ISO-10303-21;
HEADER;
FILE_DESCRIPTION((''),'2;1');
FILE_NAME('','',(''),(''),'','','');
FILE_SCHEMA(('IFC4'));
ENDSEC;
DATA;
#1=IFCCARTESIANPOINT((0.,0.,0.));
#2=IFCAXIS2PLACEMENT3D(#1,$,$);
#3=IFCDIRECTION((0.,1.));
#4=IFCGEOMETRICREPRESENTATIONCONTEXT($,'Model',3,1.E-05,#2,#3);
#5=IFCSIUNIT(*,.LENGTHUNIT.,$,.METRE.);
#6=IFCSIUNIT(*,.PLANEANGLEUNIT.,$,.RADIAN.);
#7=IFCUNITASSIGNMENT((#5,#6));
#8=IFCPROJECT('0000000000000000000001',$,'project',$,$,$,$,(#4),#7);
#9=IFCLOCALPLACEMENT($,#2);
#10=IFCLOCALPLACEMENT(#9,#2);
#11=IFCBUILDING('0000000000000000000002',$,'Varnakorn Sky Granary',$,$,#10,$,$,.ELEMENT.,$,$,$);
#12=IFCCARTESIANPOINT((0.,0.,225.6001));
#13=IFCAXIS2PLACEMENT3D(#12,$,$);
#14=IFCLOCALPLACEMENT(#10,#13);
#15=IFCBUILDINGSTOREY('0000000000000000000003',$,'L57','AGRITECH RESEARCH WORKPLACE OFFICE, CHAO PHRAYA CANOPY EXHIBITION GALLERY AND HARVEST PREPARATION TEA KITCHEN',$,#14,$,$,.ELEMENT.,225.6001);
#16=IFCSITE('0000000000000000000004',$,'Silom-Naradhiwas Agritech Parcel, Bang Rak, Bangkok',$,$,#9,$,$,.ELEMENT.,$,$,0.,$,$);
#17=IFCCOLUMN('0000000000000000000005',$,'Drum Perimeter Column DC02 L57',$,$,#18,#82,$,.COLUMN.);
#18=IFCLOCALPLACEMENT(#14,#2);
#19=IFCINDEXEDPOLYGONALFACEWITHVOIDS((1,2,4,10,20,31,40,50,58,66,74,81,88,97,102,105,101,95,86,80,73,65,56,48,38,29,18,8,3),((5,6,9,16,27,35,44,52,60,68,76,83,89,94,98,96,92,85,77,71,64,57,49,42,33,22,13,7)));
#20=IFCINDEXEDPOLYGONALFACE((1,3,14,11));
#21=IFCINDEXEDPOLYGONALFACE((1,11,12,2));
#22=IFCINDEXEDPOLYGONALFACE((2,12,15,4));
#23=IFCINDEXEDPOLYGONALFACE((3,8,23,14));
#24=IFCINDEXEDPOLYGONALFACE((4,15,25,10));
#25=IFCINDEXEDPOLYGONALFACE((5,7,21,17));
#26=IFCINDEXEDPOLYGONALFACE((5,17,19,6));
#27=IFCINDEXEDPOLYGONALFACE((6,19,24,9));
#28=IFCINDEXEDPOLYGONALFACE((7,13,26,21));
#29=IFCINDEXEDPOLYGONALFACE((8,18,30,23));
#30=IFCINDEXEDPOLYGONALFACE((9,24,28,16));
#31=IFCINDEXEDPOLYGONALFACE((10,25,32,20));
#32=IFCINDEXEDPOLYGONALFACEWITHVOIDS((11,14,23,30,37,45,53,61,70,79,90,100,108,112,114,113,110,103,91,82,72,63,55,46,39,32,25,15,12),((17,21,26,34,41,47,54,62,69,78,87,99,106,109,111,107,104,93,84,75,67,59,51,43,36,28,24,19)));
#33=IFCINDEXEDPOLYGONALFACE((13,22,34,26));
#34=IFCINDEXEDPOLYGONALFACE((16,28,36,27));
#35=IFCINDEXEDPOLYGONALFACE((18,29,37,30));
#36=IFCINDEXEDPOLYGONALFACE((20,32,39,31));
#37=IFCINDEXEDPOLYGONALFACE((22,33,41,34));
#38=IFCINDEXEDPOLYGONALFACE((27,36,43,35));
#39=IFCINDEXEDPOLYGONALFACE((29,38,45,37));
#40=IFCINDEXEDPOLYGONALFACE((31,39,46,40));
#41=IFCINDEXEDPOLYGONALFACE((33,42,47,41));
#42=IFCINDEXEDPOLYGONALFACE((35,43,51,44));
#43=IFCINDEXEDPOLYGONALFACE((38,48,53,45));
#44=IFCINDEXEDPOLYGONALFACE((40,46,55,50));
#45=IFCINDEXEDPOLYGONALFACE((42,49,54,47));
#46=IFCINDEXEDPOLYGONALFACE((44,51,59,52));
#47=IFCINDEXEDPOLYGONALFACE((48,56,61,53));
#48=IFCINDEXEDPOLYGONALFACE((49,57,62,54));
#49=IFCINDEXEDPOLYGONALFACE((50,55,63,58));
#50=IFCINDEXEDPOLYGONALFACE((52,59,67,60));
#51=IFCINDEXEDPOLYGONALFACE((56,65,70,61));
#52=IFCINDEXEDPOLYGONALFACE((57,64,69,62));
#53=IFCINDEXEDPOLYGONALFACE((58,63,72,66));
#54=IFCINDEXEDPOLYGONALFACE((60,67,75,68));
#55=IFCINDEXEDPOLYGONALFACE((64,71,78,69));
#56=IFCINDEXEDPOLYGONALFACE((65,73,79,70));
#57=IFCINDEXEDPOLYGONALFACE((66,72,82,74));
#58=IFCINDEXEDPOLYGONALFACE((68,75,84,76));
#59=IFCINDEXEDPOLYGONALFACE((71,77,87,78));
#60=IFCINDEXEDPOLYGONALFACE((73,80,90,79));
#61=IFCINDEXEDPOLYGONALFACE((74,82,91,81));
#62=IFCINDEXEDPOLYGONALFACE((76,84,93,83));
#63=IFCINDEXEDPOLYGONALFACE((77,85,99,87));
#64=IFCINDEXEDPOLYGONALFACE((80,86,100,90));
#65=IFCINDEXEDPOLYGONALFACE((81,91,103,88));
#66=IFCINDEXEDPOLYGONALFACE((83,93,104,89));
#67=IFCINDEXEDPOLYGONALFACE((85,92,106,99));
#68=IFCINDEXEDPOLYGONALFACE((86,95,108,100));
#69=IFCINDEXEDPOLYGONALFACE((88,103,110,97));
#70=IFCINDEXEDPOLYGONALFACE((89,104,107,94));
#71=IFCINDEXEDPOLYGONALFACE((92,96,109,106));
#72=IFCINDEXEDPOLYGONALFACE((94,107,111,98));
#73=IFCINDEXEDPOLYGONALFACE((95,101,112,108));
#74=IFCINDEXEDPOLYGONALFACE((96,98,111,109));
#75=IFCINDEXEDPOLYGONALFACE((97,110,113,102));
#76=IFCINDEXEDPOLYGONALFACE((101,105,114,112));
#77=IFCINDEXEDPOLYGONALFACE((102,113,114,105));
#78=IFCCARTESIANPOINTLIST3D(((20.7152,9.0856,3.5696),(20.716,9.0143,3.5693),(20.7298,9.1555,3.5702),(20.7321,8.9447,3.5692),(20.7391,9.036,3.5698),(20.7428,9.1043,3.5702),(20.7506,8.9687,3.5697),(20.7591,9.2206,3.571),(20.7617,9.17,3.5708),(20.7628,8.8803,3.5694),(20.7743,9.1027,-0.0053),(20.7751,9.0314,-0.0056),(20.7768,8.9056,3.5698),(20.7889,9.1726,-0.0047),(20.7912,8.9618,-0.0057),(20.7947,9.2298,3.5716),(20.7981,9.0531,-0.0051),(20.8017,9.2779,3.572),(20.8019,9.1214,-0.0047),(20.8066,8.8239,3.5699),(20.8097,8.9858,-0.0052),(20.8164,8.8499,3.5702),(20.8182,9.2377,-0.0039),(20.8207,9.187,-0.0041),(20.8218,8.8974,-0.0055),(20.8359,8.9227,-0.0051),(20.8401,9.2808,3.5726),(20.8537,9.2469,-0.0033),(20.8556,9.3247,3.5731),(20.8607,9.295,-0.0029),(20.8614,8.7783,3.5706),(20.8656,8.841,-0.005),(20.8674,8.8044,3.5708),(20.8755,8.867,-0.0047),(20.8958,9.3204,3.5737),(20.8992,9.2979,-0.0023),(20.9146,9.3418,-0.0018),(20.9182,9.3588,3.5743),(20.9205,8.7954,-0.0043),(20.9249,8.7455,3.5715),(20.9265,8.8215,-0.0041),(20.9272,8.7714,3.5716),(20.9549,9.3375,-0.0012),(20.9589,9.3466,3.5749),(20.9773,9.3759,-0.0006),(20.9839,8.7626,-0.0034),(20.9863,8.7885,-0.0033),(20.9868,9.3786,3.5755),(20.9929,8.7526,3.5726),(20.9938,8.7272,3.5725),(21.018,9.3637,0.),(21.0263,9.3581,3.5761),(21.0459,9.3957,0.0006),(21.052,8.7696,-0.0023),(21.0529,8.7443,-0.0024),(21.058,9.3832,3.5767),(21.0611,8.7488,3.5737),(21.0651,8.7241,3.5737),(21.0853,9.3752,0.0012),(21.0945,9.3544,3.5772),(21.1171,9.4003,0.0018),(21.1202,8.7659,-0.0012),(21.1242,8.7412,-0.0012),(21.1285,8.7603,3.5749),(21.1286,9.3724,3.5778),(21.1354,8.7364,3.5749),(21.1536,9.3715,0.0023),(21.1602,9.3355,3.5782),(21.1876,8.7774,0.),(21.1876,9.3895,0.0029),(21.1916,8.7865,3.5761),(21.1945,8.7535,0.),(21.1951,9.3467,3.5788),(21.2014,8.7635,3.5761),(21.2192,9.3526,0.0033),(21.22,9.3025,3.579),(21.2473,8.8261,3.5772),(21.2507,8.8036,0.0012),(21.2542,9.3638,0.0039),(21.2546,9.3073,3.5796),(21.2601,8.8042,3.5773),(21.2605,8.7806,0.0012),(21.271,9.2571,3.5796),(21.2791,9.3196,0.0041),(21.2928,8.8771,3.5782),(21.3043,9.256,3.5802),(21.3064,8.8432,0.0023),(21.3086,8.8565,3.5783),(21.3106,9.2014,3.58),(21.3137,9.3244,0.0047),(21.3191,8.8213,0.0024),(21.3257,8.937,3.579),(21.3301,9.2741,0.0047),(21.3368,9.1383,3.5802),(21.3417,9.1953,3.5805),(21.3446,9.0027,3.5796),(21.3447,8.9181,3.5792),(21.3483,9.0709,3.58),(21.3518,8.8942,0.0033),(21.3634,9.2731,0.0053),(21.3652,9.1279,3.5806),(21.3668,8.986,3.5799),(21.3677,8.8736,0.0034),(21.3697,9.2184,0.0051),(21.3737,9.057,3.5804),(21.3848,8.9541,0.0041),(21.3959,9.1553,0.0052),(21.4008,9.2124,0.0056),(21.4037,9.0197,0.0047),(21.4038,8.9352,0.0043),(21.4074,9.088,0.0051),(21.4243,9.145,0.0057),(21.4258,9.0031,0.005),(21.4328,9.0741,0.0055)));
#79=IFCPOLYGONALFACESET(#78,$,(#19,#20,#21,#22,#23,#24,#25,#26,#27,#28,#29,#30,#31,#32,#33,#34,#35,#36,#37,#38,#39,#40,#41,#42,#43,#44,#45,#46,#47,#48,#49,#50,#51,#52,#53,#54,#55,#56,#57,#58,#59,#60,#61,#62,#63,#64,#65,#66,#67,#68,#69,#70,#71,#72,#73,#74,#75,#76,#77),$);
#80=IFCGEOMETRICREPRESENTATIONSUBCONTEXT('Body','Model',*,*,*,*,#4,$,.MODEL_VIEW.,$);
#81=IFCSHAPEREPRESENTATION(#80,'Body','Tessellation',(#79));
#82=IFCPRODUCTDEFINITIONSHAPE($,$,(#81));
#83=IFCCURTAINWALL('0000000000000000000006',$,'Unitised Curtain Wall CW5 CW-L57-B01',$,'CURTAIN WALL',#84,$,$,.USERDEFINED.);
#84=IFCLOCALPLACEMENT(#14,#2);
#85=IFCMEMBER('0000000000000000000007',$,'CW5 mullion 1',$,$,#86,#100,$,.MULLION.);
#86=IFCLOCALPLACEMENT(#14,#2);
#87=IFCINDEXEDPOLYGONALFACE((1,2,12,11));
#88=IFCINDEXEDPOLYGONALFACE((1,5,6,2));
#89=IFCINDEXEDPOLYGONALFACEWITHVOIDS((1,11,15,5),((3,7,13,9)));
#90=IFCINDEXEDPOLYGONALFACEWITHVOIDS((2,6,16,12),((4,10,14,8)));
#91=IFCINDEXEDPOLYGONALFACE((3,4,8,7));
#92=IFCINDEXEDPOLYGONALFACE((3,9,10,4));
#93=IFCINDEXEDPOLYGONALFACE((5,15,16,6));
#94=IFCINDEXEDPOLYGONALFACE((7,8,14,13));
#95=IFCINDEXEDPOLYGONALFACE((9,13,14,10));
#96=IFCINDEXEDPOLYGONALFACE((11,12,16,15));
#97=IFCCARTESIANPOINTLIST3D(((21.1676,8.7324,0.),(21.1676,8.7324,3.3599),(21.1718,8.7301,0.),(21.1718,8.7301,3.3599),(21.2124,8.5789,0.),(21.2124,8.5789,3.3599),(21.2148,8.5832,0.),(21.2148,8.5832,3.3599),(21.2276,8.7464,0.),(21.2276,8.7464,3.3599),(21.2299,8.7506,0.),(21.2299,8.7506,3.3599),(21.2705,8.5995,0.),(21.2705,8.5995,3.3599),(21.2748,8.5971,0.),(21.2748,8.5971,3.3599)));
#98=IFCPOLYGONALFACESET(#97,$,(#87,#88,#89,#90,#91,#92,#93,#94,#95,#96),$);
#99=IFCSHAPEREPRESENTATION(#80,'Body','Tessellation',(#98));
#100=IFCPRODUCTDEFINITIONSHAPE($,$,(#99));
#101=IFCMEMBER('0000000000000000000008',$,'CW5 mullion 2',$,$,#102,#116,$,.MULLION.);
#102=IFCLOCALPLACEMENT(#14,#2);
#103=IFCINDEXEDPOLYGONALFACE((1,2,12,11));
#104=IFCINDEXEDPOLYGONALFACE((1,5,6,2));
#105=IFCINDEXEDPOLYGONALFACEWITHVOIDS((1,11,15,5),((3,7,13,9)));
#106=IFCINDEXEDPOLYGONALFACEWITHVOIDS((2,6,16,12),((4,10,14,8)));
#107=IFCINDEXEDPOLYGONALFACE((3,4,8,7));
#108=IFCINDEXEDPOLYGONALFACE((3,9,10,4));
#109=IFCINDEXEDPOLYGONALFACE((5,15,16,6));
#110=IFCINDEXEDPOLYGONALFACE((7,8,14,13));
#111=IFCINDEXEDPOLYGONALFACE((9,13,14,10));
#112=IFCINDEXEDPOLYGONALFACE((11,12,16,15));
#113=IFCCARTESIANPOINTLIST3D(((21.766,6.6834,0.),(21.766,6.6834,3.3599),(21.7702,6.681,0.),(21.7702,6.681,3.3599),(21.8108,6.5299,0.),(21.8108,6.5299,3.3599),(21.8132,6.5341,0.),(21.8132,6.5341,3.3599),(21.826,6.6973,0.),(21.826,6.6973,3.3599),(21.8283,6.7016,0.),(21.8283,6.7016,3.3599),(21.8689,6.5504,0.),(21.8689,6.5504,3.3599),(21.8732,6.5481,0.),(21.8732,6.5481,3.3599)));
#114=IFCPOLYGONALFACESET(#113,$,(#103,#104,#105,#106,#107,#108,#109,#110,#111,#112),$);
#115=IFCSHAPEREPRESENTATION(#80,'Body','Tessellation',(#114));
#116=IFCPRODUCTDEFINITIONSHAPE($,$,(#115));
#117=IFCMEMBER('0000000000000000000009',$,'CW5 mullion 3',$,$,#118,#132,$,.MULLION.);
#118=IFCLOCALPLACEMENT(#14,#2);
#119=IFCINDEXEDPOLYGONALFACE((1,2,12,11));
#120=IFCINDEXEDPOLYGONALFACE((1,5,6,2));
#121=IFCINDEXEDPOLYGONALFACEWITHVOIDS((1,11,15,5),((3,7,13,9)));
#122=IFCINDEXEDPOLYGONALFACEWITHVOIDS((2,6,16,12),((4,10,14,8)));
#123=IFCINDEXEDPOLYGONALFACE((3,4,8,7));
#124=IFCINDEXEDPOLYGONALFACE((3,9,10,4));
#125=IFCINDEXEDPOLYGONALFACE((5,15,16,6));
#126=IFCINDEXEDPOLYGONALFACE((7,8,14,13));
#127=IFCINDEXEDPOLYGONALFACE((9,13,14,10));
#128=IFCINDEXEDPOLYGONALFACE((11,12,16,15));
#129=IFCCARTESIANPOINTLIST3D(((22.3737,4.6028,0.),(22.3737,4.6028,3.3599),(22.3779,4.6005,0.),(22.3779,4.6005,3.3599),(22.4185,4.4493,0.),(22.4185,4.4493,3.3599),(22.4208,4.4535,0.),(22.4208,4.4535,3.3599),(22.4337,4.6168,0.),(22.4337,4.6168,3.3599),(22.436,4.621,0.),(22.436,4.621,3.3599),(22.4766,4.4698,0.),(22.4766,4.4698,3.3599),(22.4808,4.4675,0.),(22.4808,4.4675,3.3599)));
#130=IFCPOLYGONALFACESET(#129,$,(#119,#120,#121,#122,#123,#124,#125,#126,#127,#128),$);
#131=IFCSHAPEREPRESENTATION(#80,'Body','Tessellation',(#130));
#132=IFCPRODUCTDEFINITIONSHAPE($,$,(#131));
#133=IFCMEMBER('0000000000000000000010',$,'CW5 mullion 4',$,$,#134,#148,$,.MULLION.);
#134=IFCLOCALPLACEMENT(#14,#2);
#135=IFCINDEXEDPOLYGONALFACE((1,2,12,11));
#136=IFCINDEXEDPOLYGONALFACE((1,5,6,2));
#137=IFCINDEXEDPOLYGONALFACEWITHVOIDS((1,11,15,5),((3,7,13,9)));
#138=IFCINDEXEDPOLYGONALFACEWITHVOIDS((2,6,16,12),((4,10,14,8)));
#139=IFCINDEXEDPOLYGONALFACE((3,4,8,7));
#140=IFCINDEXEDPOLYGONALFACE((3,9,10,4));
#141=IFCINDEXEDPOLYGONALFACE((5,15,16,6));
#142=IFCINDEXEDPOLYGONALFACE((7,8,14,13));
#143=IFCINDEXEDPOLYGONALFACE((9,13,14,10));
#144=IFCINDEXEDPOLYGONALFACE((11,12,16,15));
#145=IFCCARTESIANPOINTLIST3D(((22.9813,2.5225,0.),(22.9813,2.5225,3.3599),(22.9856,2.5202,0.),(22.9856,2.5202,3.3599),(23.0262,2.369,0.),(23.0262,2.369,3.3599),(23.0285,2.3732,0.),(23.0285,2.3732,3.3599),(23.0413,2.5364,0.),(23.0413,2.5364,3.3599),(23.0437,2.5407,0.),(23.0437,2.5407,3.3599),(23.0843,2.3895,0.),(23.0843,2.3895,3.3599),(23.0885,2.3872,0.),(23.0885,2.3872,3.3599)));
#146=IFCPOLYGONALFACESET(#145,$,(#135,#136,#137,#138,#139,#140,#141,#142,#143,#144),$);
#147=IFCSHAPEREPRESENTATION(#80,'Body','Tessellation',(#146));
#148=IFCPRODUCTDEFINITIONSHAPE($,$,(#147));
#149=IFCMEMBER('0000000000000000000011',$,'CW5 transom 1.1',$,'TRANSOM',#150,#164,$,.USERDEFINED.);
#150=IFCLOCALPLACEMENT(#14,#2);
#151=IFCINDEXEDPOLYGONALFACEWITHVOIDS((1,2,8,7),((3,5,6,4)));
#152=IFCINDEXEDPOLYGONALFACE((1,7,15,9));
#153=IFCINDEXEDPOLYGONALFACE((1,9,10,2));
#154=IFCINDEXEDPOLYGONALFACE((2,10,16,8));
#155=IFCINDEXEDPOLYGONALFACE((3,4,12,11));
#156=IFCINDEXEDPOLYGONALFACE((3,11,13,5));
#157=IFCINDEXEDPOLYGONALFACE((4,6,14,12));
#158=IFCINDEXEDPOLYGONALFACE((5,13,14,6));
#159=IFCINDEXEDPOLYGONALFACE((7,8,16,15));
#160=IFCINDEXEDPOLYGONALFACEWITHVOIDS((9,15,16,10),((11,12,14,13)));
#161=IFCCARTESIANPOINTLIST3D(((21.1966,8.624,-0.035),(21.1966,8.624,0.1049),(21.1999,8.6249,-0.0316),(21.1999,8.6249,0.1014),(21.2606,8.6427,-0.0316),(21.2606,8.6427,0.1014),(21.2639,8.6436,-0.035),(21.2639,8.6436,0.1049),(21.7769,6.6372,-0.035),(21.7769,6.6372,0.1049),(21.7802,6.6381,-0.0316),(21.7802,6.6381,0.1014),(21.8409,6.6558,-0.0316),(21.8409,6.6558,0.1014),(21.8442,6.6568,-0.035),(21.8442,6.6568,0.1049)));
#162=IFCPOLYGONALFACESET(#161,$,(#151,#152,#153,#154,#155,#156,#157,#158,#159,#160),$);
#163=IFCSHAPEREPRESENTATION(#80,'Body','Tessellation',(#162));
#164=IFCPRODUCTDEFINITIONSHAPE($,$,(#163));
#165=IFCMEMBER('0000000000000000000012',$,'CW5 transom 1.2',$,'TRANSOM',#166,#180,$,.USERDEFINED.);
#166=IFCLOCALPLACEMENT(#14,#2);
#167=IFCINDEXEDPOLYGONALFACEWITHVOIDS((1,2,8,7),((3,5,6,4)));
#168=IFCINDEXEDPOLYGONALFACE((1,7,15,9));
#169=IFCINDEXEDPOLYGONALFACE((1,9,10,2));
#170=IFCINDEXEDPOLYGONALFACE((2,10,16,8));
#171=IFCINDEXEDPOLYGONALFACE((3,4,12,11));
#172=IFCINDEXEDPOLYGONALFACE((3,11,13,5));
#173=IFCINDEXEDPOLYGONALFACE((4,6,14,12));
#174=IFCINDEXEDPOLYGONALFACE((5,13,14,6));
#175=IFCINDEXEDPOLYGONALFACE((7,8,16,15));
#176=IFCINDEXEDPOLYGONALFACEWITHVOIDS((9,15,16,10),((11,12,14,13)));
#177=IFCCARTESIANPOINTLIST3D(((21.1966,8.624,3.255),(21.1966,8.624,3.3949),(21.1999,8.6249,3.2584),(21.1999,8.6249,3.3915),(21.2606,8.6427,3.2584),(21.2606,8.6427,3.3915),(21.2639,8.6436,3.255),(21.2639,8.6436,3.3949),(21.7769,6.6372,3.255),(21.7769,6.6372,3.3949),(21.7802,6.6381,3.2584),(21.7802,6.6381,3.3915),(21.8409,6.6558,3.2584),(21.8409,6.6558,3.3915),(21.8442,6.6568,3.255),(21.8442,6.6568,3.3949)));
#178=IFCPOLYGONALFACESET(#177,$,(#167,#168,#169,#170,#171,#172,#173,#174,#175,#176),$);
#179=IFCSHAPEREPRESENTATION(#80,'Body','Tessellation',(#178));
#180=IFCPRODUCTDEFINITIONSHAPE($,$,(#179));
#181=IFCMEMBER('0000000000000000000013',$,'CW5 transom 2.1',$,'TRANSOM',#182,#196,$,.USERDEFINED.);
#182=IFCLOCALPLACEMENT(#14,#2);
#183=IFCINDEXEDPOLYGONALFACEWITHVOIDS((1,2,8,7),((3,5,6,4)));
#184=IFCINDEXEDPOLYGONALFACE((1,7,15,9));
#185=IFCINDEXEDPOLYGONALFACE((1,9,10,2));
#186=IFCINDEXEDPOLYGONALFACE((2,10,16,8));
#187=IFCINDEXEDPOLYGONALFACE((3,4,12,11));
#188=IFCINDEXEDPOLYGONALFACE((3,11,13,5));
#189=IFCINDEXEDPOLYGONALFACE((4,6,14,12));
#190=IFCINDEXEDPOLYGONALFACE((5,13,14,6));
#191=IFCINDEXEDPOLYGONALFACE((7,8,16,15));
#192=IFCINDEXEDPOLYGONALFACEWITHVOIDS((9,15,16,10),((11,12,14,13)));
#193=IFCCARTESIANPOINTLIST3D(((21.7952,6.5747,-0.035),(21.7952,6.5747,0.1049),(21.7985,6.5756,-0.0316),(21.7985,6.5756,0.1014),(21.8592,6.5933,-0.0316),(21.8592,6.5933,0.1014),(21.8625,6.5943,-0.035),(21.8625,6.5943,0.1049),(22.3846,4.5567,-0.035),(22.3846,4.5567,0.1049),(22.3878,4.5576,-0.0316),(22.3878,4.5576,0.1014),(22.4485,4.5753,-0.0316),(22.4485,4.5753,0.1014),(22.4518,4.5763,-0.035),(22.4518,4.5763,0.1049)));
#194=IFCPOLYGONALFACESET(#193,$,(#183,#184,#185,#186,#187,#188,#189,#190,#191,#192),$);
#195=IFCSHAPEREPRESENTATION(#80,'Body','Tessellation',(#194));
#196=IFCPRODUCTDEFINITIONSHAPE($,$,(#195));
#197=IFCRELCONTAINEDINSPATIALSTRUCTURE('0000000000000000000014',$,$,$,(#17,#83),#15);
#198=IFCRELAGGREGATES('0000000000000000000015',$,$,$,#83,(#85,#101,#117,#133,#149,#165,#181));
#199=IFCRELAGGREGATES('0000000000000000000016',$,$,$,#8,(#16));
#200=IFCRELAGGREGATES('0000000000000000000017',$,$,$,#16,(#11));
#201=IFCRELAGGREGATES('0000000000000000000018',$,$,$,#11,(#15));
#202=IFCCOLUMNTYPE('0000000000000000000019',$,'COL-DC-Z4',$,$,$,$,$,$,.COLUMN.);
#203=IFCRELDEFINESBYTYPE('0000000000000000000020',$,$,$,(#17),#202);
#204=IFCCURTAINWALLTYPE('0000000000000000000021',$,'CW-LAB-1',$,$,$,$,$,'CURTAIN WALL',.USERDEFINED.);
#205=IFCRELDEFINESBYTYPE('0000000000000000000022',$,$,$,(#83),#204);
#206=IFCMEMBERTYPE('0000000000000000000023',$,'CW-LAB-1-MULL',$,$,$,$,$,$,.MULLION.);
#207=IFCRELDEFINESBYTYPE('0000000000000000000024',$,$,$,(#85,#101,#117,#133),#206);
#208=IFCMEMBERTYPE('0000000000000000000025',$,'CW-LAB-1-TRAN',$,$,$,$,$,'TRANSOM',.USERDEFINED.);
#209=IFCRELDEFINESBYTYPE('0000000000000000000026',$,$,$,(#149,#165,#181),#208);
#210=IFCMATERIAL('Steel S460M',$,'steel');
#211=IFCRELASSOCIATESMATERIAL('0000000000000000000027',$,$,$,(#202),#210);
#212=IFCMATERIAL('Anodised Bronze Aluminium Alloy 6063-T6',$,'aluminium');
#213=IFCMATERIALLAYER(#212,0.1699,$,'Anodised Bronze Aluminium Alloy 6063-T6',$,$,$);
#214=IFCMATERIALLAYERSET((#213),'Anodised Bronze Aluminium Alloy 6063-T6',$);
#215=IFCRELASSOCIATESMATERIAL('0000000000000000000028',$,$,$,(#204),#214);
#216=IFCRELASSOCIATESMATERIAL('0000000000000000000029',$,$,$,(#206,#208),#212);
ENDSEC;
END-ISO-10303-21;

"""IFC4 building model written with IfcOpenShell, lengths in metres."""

from ifc_helpers import new_model, si_unit, direction, frame, origin, origin_2d, place, context, subcontext, project, spatial, hollow_rectangle, hollow_circle, extrude, material, layer, layer_set, material_profile, profile_set, type_object, element, aggregate, save


model = new_model("IFC4")

# Units and contexts
model_context = context("Model", 3, precision=1e-05, world=origin(), true_north=direction((0.0, 1.0)))
body_context = subcontext(model_context, "Body", "Model", "MODEL_VIEW")
ifc_project = project(units=[si_unit("LENGTHUNIT", "METRE"), si_unit("PLANEANGLEUNIT", "RADIAN")], contexts=[model_context])

# Site, building, storey
site_placement = place(None, origin())
site = spatial("IfcSite", under=ifc_project, at=site_placement, Name="Silom-Naradhiwas Agritech Parcel, Bang Rak, Bangkok", CompositionType="ELEMENT", RefElevation=0.0)
building_placement = place(site_placement, origin())
building = spatial("IfcBuilding", under=site, at=building_placement, Name="Varnakorn Sky Granary", CompositionType="ELEMENT")
storey_placement = place(building_placement, frame((0.0, 0.0, 225.6001)))
storey = spatial("IfcBuildingStorey", under=building, at=storey_placement, Name="L57", Description="AGRITECH RESEARCH WORKPLACE OFFICE, CHAO PHRAYA CANOPY EXHIBITION GALLERY AND HARVEST PREPARATION TEA KITCHEN", CompositionType="ELEMENT", Elevation=225.6001)

# Column
ifc_material_1 = material(Name="Steel S460M", Category="steel")
ifc_material_profile_1 = material_profile(ifc_material_1, hollow_circle(Radius=0.3301, WallThickness=0.0249, at=origin_2d()), Name="CHS 660x25")
ifc_profile_set_1 = profile_set([ifc_material_profile_1], Name="Steel S460M")
column_type = type_object("IfcColumnType", Name="COL-DC-Z4", PredefinedType="COLUMN", material=ifc_profile_set_1)
column_placement = place(storey_placement, frame((21.1028, 9.0706, 0.0), z_axis=(-0.016524, -0.00478, 0.999852), x_axis=(0.277865, -0.96062, 0.0)))
element("IfcColumn", 1, at=column_placement, inside=storey, type_object=column_type, Name="Drum Perimeter Column DC02 L57", PredefinedType="COLUMN", context=body_context, shape_type="SweptSolid", body=[
    extrude(hollow_circle(Radius=0.3301, WallThickness=0.0249, at=origin_2d()), origin(), (0.0, 0.0, 1.0), 3.5754),
])

# Curtain wall, members
ifc_material_2 = material(Name="Anodised Bronze Aluminium Alloy 6063-T6", Category="aluminium")
ifc_layer_1 = layer(ifc_material_2, 0.1699, Name="Anodised Bronze Aluminium Alloy 6063-T6")
ifc_layer_set_1 = layer_set([ifc_layer_1], Name="Anodised Bronze Aluminium Alloy 6063-T6")
curtain_wall_type = type_object("IfcCurtainWallType", Name="CW-LAB-1", ElementType="CURTAIN WALL", PredefinedType="USERDEFINED", material=ifc_layer_set_1)
curtain_wall_placement = place(storey_placement, origin())
curtain_wall = element("IfcCurtainWall", 2, at=curtain_wall_placement, inside=storey, type_object=curtain_wall_type, Name="Unitised Curtain Wall CW5 CW-L57-B01", ObjectType="CURTAIN WALL", PredefinedType="USERDEFINED")
ifc_material_profile_2 = material_profile(ifc_material_2, hollow_rectangle(XDim=0.0649, YDim=0.1599, WallThickness=0.0034, at=origin_2d()), Name="ALU MULL 65x160")
ifc_profile_set_2 = profile_set([ifc_material_profile_2], Name="Anodised Bronze Aluminium Alloy 6063-T6")
member_type_1 = type_object("IfcMemberType", Name="CW-LAB-1-MULL", PredefinedType="MULLION", material=ifc_profile_set_2)
member_1_placement = place(storey_placement, frame((21.2212, 8.6648, 0.0), z_axis=(0.0, 0.0, 1.0), x_axis=(0.95989, 0.280376, 0.0)))
member_1 = element("IfcMember", 3, at=member_1_placement, type_object=member_type_1, Name="CW5 mullion 1", PredefinedType="MULLION", context=body_context, shape_type="SweptSolid", body=[
    extrude(hollow_rectangle(XDim=0.0649, YDim=0.1599, WallThickness=0.0034, at=origin_2d()), origin(), (0.0, 0.0, 1.0), 3.3599),
])
member_2_placement = place(storey_placement, frame((21.8196, 6.6157, 0.0), z_axis=(0.0, 0.0, 1.0), x_axis=(0.95989, 0.280376, 0.0)))
member_2 = element("IfcMember", 4, at=member_2_placement, type_object=member_type_1, Name="CW5 mullion 2", PredefinedType="MULLION", context=body_context, shape_type="SweptSolid", body=[
    extrude(hollow_rectangle(XDim=0.0649, YDim=0.1599, WallThickness=0.0034, at=origin_2d()), origin(), (0.0, 0.0, 1.0), 3.3599),
])
member_3_placement = place(storey_placement, frame((22.4272, 4.5352, 0.0), z_axis=(0.0, 0.0, 1.0), x_axis=(0.95989, 0.280376, 0.0)))
member_3 = element("IfcMember", 5, at=member_3_placement, type_object=member_type_1, Name="CW5 mullion 3", PredefinedType="MULLION", context=body_context, shape_type="SweptSolid", body=[
    extrude(hollow_rectangle(XDim=0.0649, YDim=0.1599, WallThickness=0.0034, at=origin_2d()), origin(), (0.0, 0.0, 1.0), 3.3599),
])
member_4_placement = place(storey_placement, frame((23.0349, 2.4548, 0.0), z_axis=(0.0, 0.0, 1.0), x_axis=(0.95989, 0.280376, 0.0)))
member_4 = element("IfcMember", 6, at=member_4_placement, type_object=member_type_1, Name="CW5 mullion 4", PredefinedType="MULLION", context=body_context, shape_type="SweptSolid", body=[
    extrude(hollow_rectangle(XDim=0.0649, YDim=0.1599, WallThickness=0.0034, at=origin_2d()), origin(), (0.0, 0.0, 1.0), 3.3599),
])
ifc_material_profile_3 = material_profile(ifc_material_2, hollow_rectangle(XDim=0.0701, YDim=0.1399, WallThickness=0.0034, at=origin_2d()), Name="ALU TRAN 70x140")
ifc_profile_set_3 = profile_set([ifc_material_profile_3], Name="Anodised Bronze Aluminium Alloy 6063-T6")
member_type_2 = type_object("IfcMemberType", Name="CW-LAB-1-TRAN", ElementType="TRANSOM", PredefinedType="USERDEFINED", material=ifc_profile_set_3)
member_5_placement = place(storey_placement, frame((21.2302, 8.6338, 0.0349), z_axis=(0.280371, -0.959892, 0.0), x_axis=(0.959892, 0.280371, 0.0)))
member_5 = element("IfcMember", 7, at=member_5_placement, type_object=member_type_2, Name="CW5 transom 1.1", ObjectType="TRANSOM", PredefinedType="USERDEFINED", context=body_context, shape_type="SweptSolid", body=[
    extrude(hollow_rectangle(XDim=0.0701, YDim=0.1399, WallThickness=0.0034, at=origin_2d()), origin(), (0.0, 0.0, 1.0), 2.0698),
])
member_6_placement = place(storey_placement, frame((21.2302, 8.6338, 3.325), z_axis=(0.280371, -0.959892, 0.0), x_axis=(0.959892, 0.280371, 0.0)))
member_6 = element("IfcMember", 8, at=member_6_placement, type_object=member_type_2, Name="CW5 transom 1.2", ObjectType="TRANSOM", PredefinedType="USERDEFINED", context=body_context, shape_type="SweptSolid", body=[
    extrude(hollow_rectangle(XDim=0.0701, YDim=0.1399, WallThickness=0.0034, at=origin_2d()), origin(), (0.0, 0.0, 1.0), 2.0698),
])
member_7_placement = place(storey_placement, frame((21.8289, 6.5845, 0.0349), z_axis=(0.28033, -0.959904, 0.0), x_axis=(0.959904, 0.28033, 0.0)))
member_7 = element("IfcMember", 9, at=member_7_placement, type_object=member_type_2, Name="CW5 transom 2.1", ObjectType="TRANSOM", PredefinedType="USERDEFINED", context=body_context, shape_type="SweptSolid", body=[
    extrude(hollow_rectangle(XDim=0.0701, YDim=0.1399, WallThickness=0.0034, at=origin_2d()), origin(), (0.0, 0.0, 1.0), 2.1023),
])
aggregate(curtain_wall, [member_1, member_2, member_3, member_4, member_5, member_6, member_7])

save(model, "model.ifc")
